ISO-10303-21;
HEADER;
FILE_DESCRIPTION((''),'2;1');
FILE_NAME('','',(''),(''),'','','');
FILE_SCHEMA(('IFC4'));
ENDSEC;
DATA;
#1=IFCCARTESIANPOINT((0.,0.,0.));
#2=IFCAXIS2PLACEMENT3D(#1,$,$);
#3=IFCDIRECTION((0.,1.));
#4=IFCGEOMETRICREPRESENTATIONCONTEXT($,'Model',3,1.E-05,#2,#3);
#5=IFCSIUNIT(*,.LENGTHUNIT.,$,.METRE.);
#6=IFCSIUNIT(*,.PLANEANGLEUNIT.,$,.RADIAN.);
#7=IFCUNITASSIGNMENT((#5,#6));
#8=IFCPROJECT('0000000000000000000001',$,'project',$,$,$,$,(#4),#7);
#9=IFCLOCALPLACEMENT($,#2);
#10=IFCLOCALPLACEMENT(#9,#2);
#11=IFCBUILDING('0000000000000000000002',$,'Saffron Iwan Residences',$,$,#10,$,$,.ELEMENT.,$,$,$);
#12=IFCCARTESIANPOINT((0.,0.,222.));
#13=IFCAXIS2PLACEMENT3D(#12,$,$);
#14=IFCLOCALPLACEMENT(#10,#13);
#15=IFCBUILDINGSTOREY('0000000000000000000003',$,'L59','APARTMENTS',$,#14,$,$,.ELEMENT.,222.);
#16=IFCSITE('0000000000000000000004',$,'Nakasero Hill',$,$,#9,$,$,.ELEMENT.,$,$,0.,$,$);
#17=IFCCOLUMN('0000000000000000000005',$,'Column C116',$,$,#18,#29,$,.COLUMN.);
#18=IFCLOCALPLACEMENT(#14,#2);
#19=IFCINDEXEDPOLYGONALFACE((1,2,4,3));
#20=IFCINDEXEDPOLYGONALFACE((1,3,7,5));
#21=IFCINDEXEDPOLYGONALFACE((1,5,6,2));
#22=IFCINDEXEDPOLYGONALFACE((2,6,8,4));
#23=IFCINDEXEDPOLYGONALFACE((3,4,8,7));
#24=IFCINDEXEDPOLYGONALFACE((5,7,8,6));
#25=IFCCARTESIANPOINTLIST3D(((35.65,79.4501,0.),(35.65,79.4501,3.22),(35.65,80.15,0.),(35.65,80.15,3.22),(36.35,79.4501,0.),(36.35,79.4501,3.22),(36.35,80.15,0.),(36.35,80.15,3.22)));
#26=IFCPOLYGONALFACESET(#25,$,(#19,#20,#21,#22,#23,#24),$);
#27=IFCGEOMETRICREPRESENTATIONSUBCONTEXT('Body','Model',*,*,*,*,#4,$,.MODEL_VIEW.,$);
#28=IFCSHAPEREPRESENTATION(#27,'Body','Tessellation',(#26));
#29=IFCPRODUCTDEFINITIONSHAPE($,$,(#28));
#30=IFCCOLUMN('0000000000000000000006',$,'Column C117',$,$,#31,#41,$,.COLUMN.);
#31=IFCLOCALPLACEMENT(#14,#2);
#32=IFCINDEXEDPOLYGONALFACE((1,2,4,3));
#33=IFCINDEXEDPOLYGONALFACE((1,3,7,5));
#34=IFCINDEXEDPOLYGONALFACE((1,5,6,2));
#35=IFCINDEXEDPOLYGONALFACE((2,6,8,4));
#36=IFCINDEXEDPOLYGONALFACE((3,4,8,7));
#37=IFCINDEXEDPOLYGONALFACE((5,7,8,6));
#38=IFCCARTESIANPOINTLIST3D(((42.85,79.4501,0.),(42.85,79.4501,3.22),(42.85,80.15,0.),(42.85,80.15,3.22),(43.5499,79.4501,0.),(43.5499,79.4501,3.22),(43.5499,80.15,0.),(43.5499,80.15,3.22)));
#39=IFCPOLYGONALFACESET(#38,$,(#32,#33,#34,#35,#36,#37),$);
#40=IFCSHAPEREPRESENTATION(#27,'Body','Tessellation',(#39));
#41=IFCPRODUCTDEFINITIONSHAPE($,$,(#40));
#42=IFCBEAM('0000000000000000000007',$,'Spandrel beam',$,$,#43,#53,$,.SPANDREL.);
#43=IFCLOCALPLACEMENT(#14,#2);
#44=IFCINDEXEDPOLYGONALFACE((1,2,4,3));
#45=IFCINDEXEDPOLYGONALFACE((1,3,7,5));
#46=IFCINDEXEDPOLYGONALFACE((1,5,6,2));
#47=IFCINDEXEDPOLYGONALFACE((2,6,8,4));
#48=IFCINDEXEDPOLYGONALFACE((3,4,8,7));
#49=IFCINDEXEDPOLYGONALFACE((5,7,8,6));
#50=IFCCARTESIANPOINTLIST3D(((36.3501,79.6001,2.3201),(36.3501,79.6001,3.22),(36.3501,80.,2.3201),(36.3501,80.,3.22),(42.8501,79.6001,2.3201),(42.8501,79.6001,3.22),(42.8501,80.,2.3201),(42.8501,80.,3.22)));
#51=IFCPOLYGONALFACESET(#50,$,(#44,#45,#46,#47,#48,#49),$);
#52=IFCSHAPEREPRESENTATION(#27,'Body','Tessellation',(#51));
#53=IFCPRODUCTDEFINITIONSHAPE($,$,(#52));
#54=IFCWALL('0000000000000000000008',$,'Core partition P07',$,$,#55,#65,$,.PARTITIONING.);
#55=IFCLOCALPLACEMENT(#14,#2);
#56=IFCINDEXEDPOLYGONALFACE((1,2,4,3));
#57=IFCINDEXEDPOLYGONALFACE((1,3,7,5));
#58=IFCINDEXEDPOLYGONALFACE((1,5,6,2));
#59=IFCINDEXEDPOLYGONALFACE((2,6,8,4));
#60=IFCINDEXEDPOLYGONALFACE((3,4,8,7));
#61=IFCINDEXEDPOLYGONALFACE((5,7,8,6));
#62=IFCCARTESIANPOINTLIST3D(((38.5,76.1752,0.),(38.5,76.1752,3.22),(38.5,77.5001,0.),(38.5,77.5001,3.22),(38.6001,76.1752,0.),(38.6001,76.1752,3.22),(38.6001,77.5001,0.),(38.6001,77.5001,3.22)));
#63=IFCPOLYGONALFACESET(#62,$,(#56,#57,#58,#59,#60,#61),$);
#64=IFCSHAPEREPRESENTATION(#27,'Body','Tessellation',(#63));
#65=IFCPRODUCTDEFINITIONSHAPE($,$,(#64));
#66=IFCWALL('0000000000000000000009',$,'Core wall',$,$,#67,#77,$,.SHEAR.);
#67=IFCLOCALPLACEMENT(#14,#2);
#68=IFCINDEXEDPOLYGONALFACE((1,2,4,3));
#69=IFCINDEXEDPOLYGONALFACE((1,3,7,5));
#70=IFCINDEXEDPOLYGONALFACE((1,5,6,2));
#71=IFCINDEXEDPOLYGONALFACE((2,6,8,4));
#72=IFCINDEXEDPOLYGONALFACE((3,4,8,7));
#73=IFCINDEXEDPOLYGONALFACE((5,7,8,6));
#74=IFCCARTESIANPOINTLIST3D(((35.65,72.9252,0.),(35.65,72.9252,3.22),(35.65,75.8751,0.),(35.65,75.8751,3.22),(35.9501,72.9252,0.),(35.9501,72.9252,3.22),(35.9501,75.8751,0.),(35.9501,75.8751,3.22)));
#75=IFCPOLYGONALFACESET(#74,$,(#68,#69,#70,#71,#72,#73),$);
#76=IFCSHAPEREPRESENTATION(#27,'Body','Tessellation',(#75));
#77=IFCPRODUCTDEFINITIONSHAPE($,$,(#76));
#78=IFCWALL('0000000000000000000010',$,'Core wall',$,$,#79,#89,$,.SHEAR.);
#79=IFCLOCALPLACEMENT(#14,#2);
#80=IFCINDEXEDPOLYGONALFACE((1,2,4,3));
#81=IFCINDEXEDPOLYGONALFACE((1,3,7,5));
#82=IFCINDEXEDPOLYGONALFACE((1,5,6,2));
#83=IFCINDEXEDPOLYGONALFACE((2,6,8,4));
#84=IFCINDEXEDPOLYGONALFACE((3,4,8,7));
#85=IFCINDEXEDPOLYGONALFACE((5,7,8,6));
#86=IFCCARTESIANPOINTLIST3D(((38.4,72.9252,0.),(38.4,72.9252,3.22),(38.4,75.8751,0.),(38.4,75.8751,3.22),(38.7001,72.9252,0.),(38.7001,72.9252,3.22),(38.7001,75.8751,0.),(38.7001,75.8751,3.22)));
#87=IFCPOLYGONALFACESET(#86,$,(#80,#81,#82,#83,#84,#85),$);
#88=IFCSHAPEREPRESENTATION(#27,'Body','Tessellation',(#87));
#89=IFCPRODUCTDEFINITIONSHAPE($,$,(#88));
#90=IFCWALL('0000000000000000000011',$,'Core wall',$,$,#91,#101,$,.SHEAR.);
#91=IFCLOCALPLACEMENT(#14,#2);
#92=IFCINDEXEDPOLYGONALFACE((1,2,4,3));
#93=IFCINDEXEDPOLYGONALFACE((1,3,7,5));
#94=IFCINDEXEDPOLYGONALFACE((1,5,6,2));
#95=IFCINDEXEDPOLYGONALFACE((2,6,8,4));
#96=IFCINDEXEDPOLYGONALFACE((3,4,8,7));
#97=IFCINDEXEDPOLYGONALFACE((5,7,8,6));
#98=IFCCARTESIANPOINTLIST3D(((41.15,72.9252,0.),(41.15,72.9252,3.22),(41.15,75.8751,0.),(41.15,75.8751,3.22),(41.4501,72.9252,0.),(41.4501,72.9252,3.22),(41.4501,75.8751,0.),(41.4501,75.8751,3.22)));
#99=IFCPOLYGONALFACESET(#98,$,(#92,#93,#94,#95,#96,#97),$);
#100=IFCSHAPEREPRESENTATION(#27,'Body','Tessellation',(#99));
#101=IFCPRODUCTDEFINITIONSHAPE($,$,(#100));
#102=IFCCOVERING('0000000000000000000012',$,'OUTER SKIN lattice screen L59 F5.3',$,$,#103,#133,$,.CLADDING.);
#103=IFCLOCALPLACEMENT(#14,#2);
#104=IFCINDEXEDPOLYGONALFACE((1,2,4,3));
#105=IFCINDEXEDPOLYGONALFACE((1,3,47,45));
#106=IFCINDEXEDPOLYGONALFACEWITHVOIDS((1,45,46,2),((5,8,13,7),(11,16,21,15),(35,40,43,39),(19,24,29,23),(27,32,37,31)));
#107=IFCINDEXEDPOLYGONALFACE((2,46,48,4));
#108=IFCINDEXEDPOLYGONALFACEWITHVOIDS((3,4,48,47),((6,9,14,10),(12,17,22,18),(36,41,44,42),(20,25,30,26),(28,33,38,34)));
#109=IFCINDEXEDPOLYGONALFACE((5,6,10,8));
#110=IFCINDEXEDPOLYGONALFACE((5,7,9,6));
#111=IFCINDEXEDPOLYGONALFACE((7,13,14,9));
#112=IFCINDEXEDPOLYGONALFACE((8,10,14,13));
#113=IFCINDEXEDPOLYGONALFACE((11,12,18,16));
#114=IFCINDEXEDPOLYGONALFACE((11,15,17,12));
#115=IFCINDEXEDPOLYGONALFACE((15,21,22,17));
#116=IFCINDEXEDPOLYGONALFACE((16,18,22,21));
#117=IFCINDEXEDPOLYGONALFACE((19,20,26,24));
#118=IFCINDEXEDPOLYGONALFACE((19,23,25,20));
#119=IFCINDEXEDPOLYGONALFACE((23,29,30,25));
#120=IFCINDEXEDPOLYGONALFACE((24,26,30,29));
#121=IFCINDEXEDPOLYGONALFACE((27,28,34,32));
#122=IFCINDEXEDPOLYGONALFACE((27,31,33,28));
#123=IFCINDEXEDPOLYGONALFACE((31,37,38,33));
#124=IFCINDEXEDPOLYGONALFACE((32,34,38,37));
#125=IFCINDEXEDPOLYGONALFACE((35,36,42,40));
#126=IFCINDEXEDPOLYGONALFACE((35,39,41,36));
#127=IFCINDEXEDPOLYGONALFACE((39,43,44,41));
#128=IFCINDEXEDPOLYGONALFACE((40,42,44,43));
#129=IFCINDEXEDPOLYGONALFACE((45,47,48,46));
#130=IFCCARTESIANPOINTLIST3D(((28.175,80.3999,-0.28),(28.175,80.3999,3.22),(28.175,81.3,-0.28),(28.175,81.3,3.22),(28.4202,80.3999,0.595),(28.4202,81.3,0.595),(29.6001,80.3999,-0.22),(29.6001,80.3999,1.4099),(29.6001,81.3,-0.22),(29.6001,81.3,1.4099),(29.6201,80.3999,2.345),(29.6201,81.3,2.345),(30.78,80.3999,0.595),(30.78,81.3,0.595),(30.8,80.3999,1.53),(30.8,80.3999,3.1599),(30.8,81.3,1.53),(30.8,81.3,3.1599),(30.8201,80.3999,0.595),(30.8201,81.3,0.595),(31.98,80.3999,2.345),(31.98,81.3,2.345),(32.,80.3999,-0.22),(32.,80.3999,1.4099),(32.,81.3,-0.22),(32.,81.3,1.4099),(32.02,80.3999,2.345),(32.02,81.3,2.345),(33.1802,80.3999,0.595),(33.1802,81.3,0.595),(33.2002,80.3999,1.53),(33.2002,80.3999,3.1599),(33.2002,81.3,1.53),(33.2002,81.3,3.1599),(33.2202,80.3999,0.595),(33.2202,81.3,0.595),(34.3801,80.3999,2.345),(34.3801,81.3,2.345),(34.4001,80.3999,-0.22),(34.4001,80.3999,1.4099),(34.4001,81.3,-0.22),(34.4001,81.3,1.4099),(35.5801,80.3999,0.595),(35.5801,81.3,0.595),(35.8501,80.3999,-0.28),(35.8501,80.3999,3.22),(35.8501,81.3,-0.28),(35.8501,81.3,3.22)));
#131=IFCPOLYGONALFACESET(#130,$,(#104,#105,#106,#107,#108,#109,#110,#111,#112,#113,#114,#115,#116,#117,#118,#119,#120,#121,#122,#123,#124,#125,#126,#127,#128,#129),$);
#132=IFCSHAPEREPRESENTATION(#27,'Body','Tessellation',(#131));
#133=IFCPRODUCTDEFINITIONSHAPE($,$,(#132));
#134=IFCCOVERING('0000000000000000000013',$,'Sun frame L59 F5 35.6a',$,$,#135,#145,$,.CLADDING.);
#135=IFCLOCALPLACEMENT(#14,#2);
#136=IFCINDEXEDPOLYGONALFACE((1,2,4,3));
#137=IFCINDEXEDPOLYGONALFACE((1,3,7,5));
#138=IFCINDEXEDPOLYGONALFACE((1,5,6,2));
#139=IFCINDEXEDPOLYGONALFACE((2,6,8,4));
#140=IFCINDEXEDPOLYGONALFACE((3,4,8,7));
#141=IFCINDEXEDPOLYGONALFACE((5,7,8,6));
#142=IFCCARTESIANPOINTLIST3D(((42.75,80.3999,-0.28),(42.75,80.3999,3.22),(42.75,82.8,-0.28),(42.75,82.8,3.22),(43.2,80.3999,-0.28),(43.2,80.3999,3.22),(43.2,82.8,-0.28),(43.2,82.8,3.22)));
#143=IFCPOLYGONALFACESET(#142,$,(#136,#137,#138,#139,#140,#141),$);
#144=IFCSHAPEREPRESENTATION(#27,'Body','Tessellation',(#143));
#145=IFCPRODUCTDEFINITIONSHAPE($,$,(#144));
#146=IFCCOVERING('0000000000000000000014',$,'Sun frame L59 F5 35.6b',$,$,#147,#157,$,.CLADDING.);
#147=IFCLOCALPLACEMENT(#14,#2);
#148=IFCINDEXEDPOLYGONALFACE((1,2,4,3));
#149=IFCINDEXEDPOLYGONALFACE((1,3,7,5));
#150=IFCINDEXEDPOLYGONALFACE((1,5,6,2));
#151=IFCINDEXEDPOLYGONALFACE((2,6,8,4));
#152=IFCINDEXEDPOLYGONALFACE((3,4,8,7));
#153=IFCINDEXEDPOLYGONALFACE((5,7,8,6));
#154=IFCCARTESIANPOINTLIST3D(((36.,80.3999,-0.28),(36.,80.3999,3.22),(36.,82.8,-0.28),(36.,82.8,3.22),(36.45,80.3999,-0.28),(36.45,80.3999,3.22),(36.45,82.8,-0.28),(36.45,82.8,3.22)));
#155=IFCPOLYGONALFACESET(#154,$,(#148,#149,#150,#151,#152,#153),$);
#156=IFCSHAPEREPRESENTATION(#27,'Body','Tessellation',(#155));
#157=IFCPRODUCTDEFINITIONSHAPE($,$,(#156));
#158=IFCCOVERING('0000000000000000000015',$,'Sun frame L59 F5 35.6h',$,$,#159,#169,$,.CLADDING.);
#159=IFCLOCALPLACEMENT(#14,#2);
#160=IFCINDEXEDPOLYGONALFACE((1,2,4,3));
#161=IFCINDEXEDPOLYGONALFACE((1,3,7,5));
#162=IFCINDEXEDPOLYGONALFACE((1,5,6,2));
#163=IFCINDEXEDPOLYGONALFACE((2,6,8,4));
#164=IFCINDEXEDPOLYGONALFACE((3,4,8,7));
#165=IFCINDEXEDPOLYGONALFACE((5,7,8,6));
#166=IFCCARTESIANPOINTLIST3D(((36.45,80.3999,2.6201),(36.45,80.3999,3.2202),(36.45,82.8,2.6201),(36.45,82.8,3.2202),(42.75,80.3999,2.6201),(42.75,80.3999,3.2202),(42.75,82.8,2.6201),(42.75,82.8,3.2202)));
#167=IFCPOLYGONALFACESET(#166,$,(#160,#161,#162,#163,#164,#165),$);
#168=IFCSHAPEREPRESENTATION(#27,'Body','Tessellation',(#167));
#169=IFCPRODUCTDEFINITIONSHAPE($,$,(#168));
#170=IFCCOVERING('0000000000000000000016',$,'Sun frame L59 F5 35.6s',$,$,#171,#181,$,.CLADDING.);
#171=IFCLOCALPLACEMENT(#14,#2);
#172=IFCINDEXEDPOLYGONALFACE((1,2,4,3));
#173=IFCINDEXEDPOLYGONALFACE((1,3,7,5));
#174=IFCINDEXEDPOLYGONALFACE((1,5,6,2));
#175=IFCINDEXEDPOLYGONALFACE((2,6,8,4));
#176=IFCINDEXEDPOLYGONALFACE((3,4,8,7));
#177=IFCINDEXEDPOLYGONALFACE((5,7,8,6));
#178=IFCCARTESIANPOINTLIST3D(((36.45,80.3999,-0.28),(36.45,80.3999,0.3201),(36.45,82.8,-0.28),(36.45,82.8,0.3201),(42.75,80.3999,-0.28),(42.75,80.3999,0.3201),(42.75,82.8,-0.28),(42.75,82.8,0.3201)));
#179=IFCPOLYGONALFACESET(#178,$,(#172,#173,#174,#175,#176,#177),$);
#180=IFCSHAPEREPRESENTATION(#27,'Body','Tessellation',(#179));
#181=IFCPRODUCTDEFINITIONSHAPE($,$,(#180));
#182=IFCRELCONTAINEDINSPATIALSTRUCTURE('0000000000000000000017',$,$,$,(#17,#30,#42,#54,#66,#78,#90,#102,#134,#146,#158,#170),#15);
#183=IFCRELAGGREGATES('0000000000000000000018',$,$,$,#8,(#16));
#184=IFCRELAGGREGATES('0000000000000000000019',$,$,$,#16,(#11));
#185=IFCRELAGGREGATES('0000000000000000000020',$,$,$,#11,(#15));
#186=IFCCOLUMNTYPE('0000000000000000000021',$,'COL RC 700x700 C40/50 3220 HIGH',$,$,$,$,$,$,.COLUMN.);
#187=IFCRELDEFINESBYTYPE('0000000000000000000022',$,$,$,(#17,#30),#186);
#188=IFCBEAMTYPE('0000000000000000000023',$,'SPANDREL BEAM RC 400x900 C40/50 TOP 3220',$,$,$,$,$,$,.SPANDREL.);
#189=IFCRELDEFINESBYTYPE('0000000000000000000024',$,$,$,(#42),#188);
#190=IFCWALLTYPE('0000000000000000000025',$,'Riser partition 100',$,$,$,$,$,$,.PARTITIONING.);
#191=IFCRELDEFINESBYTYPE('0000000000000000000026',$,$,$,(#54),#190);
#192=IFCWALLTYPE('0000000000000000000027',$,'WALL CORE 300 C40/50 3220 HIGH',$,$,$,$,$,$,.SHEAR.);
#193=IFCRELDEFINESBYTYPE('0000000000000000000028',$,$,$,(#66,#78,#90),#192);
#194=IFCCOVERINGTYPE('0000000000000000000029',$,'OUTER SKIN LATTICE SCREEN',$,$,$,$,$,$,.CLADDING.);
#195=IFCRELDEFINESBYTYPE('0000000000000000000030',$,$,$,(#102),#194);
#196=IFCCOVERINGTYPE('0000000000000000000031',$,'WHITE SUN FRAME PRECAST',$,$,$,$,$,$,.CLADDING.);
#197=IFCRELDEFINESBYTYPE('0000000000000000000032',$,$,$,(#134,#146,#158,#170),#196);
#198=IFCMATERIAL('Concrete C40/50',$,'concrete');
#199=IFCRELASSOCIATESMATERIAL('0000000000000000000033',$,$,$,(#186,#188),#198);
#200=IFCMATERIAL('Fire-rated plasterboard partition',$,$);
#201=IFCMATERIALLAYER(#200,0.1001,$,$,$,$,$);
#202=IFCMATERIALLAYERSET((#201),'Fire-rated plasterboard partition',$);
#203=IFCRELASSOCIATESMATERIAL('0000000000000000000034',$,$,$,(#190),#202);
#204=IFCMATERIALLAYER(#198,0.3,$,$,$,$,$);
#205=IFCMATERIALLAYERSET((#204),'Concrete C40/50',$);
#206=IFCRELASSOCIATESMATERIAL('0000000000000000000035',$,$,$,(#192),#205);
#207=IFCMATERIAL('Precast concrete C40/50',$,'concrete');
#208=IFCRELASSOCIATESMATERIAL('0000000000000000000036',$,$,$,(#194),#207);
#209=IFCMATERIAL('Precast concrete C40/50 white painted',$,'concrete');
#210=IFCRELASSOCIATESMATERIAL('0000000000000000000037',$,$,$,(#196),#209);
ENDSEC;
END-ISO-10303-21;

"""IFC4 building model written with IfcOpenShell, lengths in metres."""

from ifc_helpers import new_model, si_unit, direction, frame, frame_2d, origin, origin_2d, place, context, subcontext, project, spatial, polyline, rectangle, outline, extrude, source, transform, mapped, material, layer, layer_set, material_profile, profile_set, type_object, element, save


model = new_model("IFC4")

# Units and contexts
model_context = context("Model", 3, precision=1e-05, world=origin(), true_north=direction((0.0, 1.0)))
body_context = subcontext(model_context, "Body", "Model", "MODEL_VIEW")
ifc_project = project(units=[si_unit("LENGTHUNIT", "METRE"), si_unit("PLANEANGLEUNIT", "RADIAN")], contexts=[model_context])

# Site, building, storey
site_placement = place(None, origin())
site = spatial("IfcSite", under=ifc_project, at=site_placement, Name="Nakasero Hill", CompositionType="ELEMENT", RefElevation=0.0)
building_placement = place(site_placement, origin())
building = spatial("IfcBuilding", under=site, at=building_placement, Name="Saffron Iwan Residences", CompositionType="ELEMENT")
storey_placement = place(building_placement, frame((0.0, 0.0, 222.0)))
storey = spatial("IfcBuildingStorey", under=building, at=storey_placement, Name="L59", Description="APARTMENTS", CompositionType="ELEMENT", Elevation=222.0)

# Columns
ifc_material_1 = material(Name="Concrete C40/50", Category="concrete")
ifc_material_profile_1 = material_profile(ifc_material_1, rectangle(XDim=0.7, YDim=0.7, at=origin_2d()), Name="RC 700x700")
ifc_profile_set_1 = profile_set([ifc_material_profile_1], Name="Concrete C40/50")
column_type = type_object("IfcColumnType", Name="COL RC 700x700 C40/50 3220 HIGH", PredefinedType="COLUMN", material=ifc_profile_set_1)
shared_shape_1 = source(origin(), body_context, "Body", "SweptSolid", [
    extrude(rectangle(XDim=0.7, YDim=0.7, at=origin_2d()), origin(), (0.0, 0.0, 1.0), 3.22),
])
for number, where, z_axis, x_axis, name in (
    (1, (36.0, 79.8, 0.0), (0.0, 0.0, 1.0), (1.0, 0.0, 0.0), "Column C116"),
    (2, (43.2, 79.8, 0.0), (0.0, 0.0, 1.0), (1.0, 0.0, 0.0), "Column C117"),
):
    element("IfcColumn", number, at=place(storey_placement, frame(where, z_axis=z_axis, x_axis=x_axis)), inside=storey, type_object=column_type, Name=name, PredefinedType="COLUMN", context=body_context, shape_type="MappedRepresentation", body=[
        mapped(shared_shape_1, transform((0.0, 0.0, 0.0))),
    ])

# Beam
ifc_material_profile_2 = material_profile(ifc_material_1, rectangle(XDim=0.3999, YDim=0.8999, at=origin_2d()), Name="RC 400x900")
ifc_profile_set_2 = profile_set([ifc_material_profile_2], Name="Concrete C40/50")
beam_type = type_object("IfcBeamType", Name="SPANDREL BEAM RC 400x900 C40/50 TOP 3220", PredefinedType="SPANDREL", material=ifc_profile_set_2)
shared_shape_2 = source(origin(), body_context, "Body", "SweptSolid", [
    extrude(rectangle(XDim=0.3999, YDim=0.8999, at=origin_2d()), origin(), (0.0, 0.0, 1.0), 6.5),
])
beam_placement = place(storey_placement, frame((36.3501, 79.8, 2.77), z_axis=(1.0, 0.0, 0.0), x_axis=(0.0, 1.0, 0.0)))
element("IfcBeam", 3, at=beam_placement, inside=storey, type_object=beam_type, Name="Spandrel beam", PredefinedType="SPANDREL", context=body_context, shape_type="MappedRepresentation", body=[
    mapped(shared_shape_2, transform((0.0, 0.0, 0.0))),
])

# Walls
ifc_material_2 = material(Name="Fire-rated plasterboard partition")
ifc_layer_1 = layer(ifc_material_2, 0.1001)
ifc_layer_set_1 = layer_set([ifc_layer_1], Name="Fire-rated plasterboard partition")
wall_type_1 = type_object("IfcWallType", Name="Riser partition 100", PredefinedType="PARTITIONING", material=ifc_layer_set_1)
wall_placement = place(storey_placement, frame((38.55, 76.175, 0.0), z_axis=(0.0, 0.0, 1.0), x_axis=(0.0, 1.0, 0.0)))
element("IfcWall", 4, at=wall_placement, inside=storey, type_object=wall_type_1, Name="Core partition P07", PredefinedType="PARTITIONING", context=body_context, shape_type="SweptSolid", body=[
    extrude(rectangle(XDim=1.325, YDim=0.1001, at=frame_2d((0.6626, 0.0))), origin(), (0.0, 0.0, 1.0), 3.22),
])
ifc_layer_2 = layer(ifc_material_1, 0.3)
ifc_layer_set_2 = layer_set([ifc_layer_2], Name="Concrete C40/50")
wall_type_2 = type_object("IfcWallType", Name="WALL CORE 300 C40/50 3220 HIGH", PredefinedType="SHEAR", material=ifc_layer_set_2)
for number, where, z_axis, x_axis, name in (
    (5, (35.8, 72.925, 0.0), (0.0, 0.0, 1.0), (0.0, 1.0, 0.0), "Core wall"),
    (6, (38.55, 72.925, 0.0), (0.0, 0.0, 1.0), (0.0, 1.0, 0.0), "Core wall"),
    (7, (41.3, 72.925, 0.0), (0.0, 0.0, 1.0), (0.0, 1.0, 0.0), "Core wall"),
):
    element("IfcWall", number, at=place(storey_placement, frame(where, z_axis=z_axis, x_axis=x_axis)), inside=storey, type_object=wall_type_2, Name=name, PredefinedType="SHEAR", context=body_context, shape_type="SweptSolid", body=[
        extrude(rectangle(XDim=2.95, YDim=0.3, at=frame_2d((1.4751, 0.0))), origin(), (0.0, 0.0, 1.0), 3.22),
    ])

# Coverings
ifc_material_3 = material(Name="Precast concrete C40/50", Category="concrete")
covering_type_1 = type_object("IfcCoveringType", Name="OUTER SKIN LATTICE SCREEN", PredefinedType="CLADDING", material=ifc_material_3)
covering_placement = place(storey_placement, frame((35.8501, 80.3999, -0.28), z_axis=(0.0, 1.0, 0.0), x_axis=(-1.0, 0.0, 0.0)))
element("IfcCovering", 8, at=covering_placement, inside=storey, type_object=covering_type_1, Name="OUTER SKIN lattice screen L59 F5.3", PredefinedType="CLADDING", context=body_context, shape_type="SweptSolid", body=[
    extrude(outline(polyline([(0.0, 0.0), (7.675, 0.0), (7.675, 3.5), (0.0, 3.5), (0.0, 0.0)]), holes=[polyline([(0.27, 0.875), (1.45, 0.0601), (2.6299, 0.875), (1.45, 1.6899), (0.27, 0.875)]), polyline([(2.6699, 0.875), (3.8501, 0.0601), (5.03, 0.875), (3.8501, 1.6899), (2.6699, 0.875)]), polyline([(5.0701, 0.875), (6.25, 0.0601), (7.4299, 0.875), (6.25, 1.6899), (5.0701, 0.875)]), polyline([(1.47, 2.625), (2.6499, 1.8101), (3.8301, 2.625), (2.6499, 3.4399), (1.47, 2.625)]), polyline([(3.8701, 2.625), (5.05, 1.8101), (6.23, 2.625), (5.05, 3.4399), (3.8701, 2.625)])]), origin(), (0.0, 0.0, 1.0), 0.9001),
])
ifc_material_4 = material(Name="Precast concrete C40/50 white painted", Category="concrete")
covering_type_2 = type_object("IfcCoveringType", Name="WHITE SUN FRAME PRECAST", PredefinedType="CLADDING", material=ifc_material_4)
for number, where, z_axis, x_axis, name in (
    (9, (43.2, 80.3999, -0.28), (0.0, 1.0, 0.0), (-1.0, 0.0, 0.0), "Sun frame L59 F5 35.6a"),
    (10, (36.45, 80.3999, -0.28), (0.0, 1.0, 0.0), (-1.0, 0.0, 0.0), "Sun frame L59 F5 35.6b"),
):
    element("IfcCovering", number, at=place(storey_placement, frame(where, z_axis=z_axis, x_axis=x_axis)), inside=storey, type_object=covering_type_2, Name=name, PredefinedType="CLADDING", context=body_context, shape_type="SweptSolid", body=[
        extrude(outline(polyline([(0.0, 0.0), (0.45, 0.0), (0.45, 3.5), (0.0, 3.5), (0.0, 0.0)])), origin(), (0.0, 0.0, 1.0), 2.4001),
    ])
for number, where, z_axis, x_axis, name in (
    (11, (42.75, 80.3999, 2.6201), (0.0, 1.0, 0.0), (-1.0, 0.0, 0.0), "Sun frame L59 F5 35.6h"),
    (12, (42.75, 80.3999, -0.28), (0.0, 1.0, 0.0), (-1.0, 0.0, 0.0), "Sun frame L59 F5 35.6s"),
):
    element("IfcCovering", number, at=place(storey_placement, frame(where, z_axis=z_axis, x_axis=x_axis)), inside=storey, type_object=covering_type_2, Name=name, PredefinedType="CLADDING", context=body_context, shape_type="SweptSolid", body=[
        extrude(outline(polyline([(0.0, 0.0), (6.3, 0.0), (6.3, 0.6001), (0.0, 0.6001), (0.0, 0.0)])), origin(), (0.0, 0.0, 1.0), 2.4001),
    ])

save(model, "model.ifc")
